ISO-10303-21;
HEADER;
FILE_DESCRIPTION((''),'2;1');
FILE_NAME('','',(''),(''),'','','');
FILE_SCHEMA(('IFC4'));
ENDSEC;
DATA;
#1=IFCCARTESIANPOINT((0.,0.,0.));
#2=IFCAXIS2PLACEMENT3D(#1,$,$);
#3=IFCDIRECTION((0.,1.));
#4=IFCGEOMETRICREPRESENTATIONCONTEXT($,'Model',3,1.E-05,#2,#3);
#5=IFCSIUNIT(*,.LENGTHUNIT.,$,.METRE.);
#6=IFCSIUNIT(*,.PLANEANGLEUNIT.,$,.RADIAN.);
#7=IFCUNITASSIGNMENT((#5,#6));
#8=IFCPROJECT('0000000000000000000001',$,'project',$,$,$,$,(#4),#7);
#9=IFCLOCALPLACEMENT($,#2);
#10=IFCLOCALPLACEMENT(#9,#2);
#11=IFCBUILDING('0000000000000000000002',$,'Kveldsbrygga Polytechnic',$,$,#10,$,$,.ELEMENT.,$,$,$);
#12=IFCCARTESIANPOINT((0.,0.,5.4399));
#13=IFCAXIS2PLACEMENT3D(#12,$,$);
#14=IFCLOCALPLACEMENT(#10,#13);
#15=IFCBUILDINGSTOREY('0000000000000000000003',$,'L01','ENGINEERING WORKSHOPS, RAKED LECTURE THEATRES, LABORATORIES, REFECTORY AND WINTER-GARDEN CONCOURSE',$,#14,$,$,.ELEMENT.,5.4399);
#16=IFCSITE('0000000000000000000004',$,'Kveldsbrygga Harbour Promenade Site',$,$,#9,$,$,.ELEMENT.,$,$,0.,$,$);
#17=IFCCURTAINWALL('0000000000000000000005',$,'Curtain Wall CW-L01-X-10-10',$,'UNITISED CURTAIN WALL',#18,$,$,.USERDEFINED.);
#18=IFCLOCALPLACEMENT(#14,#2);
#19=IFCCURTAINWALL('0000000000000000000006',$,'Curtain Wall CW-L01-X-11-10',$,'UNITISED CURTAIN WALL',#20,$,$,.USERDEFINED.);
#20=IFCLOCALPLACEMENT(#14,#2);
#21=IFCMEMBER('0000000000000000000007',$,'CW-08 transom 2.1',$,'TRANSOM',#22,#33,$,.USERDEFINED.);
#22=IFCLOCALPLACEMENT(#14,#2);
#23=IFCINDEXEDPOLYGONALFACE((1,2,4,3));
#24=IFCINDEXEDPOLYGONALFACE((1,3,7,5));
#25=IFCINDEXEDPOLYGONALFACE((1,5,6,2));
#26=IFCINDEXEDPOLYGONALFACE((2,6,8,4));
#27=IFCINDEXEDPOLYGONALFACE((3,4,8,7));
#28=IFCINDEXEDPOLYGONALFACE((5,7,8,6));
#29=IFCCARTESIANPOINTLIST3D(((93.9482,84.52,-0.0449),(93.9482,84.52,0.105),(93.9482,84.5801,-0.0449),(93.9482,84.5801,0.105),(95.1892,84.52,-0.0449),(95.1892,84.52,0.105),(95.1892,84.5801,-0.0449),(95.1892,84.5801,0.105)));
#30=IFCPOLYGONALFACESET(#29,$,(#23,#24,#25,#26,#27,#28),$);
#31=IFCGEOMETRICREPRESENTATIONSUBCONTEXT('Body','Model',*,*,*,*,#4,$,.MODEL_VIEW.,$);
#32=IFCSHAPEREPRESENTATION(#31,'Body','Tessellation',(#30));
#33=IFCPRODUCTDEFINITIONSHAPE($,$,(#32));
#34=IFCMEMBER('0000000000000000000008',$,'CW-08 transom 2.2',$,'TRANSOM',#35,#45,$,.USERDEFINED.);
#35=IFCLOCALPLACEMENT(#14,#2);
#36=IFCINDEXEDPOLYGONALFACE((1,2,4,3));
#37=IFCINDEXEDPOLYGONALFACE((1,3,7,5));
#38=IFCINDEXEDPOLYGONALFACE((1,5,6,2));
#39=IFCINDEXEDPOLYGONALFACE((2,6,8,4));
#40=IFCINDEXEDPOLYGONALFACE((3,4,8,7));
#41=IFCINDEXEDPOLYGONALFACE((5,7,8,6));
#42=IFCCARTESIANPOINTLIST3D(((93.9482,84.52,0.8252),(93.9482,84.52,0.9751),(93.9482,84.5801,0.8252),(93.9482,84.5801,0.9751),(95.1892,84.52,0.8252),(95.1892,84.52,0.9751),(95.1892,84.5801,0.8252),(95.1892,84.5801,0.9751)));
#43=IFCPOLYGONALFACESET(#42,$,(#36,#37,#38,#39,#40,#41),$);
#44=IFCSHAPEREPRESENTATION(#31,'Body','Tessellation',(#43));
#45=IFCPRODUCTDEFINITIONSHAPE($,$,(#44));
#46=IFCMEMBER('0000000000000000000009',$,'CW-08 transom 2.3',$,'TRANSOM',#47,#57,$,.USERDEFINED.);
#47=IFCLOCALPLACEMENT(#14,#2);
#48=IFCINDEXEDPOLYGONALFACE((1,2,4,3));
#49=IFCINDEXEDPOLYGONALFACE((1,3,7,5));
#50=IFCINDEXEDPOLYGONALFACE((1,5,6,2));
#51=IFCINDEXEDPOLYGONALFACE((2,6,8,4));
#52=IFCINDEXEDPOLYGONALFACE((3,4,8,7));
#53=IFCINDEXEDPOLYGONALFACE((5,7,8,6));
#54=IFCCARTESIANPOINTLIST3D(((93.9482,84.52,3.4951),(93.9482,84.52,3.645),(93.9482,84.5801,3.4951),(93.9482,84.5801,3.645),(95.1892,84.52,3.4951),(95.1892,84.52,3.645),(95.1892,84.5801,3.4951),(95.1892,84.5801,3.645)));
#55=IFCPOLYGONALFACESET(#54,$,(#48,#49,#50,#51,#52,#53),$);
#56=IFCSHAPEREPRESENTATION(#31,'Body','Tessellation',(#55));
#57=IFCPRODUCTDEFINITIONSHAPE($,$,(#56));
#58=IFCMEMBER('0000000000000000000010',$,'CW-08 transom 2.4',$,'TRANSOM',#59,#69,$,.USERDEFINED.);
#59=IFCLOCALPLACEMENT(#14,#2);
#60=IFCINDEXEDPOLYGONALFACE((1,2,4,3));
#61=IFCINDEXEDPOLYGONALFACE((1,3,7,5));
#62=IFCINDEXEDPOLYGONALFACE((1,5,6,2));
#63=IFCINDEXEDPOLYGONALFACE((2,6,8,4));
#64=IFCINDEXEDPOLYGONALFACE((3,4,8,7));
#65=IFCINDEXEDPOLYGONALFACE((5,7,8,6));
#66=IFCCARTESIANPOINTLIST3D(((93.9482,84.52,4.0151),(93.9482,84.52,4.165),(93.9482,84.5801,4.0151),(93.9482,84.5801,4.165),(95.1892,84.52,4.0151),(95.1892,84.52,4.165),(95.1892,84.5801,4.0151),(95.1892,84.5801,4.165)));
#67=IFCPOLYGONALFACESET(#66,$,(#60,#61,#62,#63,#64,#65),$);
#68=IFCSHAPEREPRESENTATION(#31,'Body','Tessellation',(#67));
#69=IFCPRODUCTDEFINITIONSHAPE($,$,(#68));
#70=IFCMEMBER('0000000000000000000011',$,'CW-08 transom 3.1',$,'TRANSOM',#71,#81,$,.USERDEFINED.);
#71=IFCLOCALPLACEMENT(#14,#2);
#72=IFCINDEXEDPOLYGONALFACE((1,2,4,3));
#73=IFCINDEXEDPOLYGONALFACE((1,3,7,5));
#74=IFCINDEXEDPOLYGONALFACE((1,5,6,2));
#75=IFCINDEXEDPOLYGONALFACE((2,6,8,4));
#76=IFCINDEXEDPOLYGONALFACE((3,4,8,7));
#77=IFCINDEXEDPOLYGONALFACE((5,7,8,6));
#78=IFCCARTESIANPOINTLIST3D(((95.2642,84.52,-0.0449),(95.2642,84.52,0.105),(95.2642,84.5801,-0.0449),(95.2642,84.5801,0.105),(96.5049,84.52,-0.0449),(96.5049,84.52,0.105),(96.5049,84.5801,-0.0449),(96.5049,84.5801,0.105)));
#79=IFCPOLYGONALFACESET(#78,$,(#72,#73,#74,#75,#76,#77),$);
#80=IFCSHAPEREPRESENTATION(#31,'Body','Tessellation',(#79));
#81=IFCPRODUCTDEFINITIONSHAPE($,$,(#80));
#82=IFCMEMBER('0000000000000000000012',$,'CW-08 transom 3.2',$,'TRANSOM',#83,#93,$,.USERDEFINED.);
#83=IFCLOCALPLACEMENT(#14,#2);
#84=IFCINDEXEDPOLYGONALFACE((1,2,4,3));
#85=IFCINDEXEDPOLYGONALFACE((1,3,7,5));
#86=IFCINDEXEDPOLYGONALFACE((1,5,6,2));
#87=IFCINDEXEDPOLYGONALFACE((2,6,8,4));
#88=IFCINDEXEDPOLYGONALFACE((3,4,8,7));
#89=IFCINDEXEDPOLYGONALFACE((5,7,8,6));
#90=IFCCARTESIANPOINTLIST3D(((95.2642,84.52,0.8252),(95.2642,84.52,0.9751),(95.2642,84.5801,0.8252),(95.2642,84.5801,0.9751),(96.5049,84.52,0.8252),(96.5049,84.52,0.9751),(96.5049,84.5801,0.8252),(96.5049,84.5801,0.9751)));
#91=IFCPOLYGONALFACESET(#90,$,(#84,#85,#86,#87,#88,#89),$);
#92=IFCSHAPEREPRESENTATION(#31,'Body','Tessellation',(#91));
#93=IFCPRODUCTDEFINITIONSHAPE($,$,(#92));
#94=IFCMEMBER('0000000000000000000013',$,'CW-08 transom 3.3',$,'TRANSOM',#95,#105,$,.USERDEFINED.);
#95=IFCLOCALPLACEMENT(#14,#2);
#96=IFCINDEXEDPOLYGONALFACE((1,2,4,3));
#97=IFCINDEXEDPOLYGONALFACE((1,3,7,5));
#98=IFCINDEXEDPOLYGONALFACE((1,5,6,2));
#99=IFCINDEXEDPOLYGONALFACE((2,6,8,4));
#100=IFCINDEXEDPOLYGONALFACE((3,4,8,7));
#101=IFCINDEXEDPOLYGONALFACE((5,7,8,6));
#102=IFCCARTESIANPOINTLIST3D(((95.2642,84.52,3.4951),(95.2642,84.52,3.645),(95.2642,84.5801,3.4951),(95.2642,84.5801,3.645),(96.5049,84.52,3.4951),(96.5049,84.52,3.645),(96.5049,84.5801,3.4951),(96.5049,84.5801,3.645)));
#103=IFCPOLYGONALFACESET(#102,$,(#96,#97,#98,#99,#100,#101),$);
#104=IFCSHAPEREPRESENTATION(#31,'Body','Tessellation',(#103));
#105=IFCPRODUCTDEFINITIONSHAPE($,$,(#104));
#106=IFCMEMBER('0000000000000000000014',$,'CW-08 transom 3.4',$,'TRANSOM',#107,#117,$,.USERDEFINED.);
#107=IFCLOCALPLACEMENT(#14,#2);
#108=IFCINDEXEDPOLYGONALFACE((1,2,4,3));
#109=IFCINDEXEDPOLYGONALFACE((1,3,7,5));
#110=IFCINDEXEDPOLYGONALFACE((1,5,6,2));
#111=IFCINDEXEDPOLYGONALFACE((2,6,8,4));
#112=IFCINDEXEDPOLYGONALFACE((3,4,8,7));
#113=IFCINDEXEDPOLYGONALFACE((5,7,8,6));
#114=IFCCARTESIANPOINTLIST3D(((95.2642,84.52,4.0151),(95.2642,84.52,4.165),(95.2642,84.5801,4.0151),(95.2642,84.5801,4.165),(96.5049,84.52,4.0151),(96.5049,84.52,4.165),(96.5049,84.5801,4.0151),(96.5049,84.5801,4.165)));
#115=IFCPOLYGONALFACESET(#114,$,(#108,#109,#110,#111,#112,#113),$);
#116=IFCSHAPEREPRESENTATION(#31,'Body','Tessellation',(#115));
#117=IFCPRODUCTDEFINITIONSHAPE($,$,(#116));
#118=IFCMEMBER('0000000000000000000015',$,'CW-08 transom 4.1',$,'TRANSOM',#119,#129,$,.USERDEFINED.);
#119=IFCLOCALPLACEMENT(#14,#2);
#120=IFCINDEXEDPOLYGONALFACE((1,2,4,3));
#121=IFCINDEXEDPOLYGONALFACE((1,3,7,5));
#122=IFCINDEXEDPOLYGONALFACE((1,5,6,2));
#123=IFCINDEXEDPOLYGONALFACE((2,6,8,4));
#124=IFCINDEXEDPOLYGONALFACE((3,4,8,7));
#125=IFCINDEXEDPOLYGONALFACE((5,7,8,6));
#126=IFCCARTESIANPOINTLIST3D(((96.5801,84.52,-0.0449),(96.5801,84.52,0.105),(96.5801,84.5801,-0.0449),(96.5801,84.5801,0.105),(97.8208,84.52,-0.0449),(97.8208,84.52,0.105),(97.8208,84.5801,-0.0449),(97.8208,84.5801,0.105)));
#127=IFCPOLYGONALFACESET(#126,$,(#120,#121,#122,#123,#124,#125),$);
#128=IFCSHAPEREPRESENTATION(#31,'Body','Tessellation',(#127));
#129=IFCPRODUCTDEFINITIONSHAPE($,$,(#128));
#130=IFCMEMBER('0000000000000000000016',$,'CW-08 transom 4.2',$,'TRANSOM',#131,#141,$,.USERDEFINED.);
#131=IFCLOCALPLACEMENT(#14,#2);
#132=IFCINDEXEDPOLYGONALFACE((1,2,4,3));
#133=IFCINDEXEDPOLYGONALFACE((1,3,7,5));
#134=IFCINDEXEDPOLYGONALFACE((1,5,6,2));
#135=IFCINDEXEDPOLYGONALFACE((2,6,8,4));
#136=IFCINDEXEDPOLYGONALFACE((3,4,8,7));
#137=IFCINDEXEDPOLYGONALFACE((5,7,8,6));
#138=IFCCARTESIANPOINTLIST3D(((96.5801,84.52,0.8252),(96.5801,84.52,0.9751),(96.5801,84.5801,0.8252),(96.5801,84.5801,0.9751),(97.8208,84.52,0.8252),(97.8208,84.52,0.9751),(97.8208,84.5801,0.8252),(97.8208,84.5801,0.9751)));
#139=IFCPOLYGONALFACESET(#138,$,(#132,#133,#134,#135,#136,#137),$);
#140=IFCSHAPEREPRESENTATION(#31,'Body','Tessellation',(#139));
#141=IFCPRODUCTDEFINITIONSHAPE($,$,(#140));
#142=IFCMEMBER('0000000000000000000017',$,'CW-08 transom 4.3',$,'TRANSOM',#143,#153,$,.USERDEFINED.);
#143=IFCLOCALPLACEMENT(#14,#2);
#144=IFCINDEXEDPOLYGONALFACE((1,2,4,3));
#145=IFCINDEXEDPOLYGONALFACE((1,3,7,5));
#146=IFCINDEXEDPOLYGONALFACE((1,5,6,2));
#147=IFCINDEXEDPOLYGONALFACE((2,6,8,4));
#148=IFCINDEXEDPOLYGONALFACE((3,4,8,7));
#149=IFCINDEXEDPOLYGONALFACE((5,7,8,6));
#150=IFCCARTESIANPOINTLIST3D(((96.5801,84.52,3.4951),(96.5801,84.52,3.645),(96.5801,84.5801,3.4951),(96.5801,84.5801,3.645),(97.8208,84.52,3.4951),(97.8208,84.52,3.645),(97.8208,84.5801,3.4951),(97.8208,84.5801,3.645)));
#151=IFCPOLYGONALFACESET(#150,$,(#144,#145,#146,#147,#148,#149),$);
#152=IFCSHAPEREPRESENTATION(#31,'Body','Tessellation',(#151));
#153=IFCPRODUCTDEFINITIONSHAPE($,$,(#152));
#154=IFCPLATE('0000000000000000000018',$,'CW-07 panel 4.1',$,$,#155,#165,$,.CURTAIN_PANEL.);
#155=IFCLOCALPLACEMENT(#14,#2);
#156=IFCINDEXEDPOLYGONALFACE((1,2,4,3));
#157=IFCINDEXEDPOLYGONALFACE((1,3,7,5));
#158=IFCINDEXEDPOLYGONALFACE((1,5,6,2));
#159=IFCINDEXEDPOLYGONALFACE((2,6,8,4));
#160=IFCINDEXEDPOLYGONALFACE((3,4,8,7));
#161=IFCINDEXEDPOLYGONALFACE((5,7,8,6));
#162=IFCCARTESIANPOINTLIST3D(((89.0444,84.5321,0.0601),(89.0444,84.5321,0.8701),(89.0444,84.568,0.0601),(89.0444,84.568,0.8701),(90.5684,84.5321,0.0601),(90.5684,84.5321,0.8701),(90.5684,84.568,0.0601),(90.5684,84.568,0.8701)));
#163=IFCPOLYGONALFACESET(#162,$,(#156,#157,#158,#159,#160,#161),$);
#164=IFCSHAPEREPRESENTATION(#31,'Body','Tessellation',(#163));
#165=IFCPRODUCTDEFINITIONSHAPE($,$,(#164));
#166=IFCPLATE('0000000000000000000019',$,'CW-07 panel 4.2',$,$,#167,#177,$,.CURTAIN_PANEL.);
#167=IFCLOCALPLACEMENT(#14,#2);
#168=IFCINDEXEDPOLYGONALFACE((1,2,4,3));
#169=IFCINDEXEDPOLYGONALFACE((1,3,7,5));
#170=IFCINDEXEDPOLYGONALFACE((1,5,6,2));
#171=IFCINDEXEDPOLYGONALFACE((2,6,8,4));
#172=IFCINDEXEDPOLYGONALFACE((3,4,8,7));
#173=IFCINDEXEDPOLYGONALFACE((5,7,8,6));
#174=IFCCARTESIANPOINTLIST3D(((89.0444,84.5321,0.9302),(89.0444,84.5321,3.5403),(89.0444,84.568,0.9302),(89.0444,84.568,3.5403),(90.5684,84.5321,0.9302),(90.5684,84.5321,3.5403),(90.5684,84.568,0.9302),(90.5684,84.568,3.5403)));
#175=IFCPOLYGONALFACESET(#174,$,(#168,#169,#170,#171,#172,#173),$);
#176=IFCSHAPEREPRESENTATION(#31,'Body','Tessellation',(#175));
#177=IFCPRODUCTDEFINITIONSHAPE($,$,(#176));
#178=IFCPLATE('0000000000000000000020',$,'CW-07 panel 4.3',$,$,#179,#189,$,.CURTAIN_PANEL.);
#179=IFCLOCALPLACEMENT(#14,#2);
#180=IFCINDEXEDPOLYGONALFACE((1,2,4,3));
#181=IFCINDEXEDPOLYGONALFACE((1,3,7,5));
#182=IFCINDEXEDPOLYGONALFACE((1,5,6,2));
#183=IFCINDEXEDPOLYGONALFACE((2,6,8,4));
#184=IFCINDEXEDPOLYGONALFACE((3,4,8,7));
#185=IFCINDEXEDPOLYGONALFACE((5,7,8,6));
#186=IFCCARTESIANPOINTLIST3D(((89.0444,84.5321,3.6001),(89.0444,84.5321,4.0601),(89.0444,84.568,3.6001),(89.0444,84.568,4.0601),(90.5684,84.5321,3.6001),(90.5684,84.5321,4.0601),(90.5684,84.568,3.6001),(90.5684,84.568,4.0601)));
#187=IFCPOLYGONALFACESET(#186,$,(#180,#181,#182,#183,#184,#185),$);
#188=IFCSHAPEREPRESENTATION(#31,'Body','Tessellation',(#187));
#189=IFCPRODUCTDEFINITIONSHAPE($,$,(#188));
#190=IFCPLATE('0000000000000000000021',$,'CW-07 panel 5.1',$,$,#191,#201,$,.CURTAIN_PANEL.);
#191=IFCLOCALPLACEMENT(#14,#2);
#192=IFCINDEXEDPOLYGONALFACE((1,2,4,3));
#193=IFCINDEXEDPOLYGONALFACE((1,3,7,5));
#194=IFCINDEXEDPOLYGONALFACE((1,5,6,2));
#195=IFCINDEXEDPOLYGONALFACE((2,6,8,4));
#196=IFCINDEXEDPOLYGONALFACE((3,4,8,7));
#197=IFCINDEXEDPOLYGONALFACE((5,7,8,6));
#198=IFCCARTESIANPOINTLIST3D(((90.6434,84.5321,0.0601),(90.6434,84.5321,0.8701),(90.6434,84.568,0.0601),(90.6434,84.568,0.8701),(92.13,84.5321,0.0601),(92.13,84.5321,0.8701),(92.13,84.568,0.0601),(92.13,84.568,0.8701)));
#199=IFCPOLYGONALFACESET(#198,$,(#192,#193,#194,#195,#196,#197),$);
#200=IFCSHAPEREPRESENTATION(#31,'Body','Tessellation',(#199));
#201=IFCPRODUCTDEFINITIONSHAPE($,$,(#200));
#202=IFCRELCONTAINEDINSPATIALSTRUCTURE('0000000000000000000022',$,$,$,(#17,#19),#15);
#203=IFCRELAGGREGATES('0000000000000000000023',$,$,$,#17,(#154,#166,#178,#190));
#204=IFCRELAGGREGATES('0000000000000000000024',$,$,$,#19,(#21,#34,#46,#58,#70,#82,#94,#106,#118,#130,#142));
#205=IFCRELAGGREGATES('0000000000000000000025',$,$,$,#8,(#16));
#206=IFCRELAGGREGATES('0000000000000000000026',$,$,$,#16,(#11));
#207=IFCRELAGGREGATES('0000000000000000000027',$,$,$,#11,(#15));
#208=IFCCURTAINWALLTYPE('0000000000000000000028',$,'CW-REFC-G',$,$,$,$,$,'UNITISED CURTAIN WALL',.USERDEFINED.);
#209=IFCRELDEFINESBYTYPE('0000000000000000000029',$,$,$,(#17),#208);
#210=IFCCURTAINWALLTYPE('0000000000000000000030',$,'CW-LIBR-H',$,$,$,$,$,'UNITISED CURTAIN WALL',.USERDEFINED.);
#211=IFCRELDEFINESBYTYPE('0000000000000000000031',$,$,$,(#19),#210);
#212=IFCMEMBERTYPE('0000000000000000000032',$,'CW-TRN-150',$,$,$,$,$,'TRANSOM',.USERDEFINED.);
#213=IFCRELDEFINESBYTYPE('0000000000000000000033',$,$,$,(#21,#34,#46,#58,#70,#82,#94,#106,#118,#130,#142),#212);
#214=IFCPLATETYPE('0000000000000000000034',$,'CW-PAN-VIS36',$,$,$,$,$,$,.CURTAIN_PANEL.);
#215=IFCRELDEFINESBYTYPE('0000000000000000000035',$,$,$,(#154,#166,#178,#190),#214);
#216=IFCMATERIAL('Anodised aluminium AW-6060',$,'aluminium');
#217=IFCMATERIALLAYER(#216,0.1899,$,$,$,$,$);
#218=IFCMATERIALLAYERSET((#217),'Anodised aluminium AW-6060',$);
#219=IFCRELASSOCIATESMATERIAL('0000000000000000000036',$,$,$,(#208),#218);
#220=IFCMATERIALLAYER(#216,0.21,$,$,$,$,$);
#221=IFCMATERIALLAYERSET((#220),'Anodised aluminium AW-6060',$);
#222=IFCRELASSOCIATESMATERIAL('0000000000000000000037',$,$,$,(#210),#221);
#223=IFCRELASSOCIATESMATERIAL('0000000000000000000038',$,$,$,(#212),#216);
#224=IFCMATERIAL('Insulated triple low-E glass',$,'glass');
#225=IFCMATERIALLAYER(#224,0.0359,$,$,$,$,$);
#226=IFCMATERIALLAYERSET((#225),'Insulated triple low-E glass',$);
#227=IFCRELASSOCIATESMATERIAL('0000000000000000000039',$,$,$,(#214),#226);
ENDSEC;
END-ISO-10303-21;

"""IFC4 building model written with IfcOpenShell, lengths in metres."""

from ifc_helpers import new_model, si_unit, direction, frame, origin, origin_2d, place, context, subcontext, project, spatial, rectangle, extrude, material, layer, layer_set, material_profile, profile_set, type_object, element, aggregate, save


model = new_model("IFC4")

# Units and contexts
model_context = context("Model", 3, precision=1e-05, world=origin(), true_north=direction((0.0, 1.0)))
body_context = subcontext(model_context, "Body", "Model", "MODEL_VIEW")
ifc_project = project(units=[si_unit("LENGTHUNIT", "METRE"), si_unit("PLANEANGLEUNIT", "RADIAN")], contexts=[model_context])

# Site, building, storey
site_placement = place(None, origin())
site = spatial("IfcSite", under=ifc_project, at=site_placement, Name="Kveldsbrygga Harbour Promenade Site", CompositionType="ELEMENT", RefElevation=0.0)
building_placement = place(site_placement, origin())
building = spatial("IfcBuilding", under=site, at=building_placement, Name="Kveldsbrygga Polytechnic", CompositionType="ELEMENT")
storey_placement = place(building_placement, frame((0.0, 0.0, 5.4399)))
storey = spatial("IfcBuildingStorey", under=building, at=storey_placement, Name="L01", Description="ENGINEERING WORKSHOPS, RAKED LECTURE THEATRES, LABORATORIES, REFECTORY AND WINTER-GARDEN CONCOURSE", CompositionType="ELEMENT", Elevation=5.4399)

# Curtain walls
ifc_material_1 = material(Name="Anodised aluminium AW-6060", Category="aluminium")
ifc_layer_1 = layer(ifc_material_1, 0.1899)
ifc_layer_set_1 = layer_set([ifc_layer_1], Name="Anodised aluminium AW-6060")
curtain_wall_type_1 = type_object("IfcCurtainWallType", Name="CW-REFC-G", ElementType="UNITISED CURTAIN WALL", PredefinedType="USERDEFINED", material=ifc_layer_set_1)
curtain_wall_1_placement = place(storey_placement, origin())
curtain_wall_1 = element("IfcCurtainWall", 1, at=curtain_wall_1_placement, inside=storey, type_object=curtain_wall_type_1, Name="Curtain Wall CW-L01-X-10-10", ObjectType="UNITISED CURTAIN WALL", PredefinedType="USERDEFINED")
ifc_layer_2 = layer(ifc_material_1, 0.21)
ifc_layer_set_2 = layer_set([ifc_layer_2], Name="Anodised aluminium AW-6060")
curtain_wall_type_2 = type_object("IfcCurtainWallType", Name="CW-LIBR-H", ElementType="UNITISED CURTAIN WALL", PredefinedType="USERDEFINED", material=ifc_layer_set_2)
curtain_wall_2_placement = place(storey_placement, origin())
curtain_wall_2 = element("IfcCurtainWall", 2, at=curtain_wall_2_placement, inside=storey, type_object=curtain_wall_type_2, Name="Curtain Wall CW-L01-X-11-10", ObjectType="UNITISED CURTAIN WALL", PredefinedType="USERDEFINED")

# Members
ifc_material_profile_1 = material_profile(ifc_material_1, rectangle(XDim=0.0601, YDim=0.1499, at=origin_2d()), Name="ALU 60x150")
ifc_profile_set_1 = profile_set([ifc_material_profile_1], Name="Anodised aluminium AW-6060")
member_type_1 = type_object("IfcMemberType", Name="CW-TRN-150", ElementType="TRANSOM", PredefinedType="USERDEFINED", material=ifc_profile_set_1)
member_1_placement = place(storey_placement, frame((93.9482, 84.55, 0.03), z_axis=(1.0, 0.0, 0.0), x_axis=(0.0, 1.0, 0.0)))
member_1 = element("IfcMember", 3, at=member_1_placement, type_object=member_type_1, Name="CW-08 transom 2.1", ObjectType="TRANSOM", PredefinedType="USERDEFINED", context=body_context, shape_type="SweptSolid", body=[
    extrude(rectangle(XDim=0.0601, YDim=0.1499, at=origin_2d()), origin(), (0.0, 0.0, 1.0), 1.241),
])
member_2_placement = place(storey_placement, frame((93.9482, 84.55, 0.9001), z_axis=(1.0, 0.0, 0.0), x_axis=(0.0, 1.0, 0.0)))
member_2 = element("IfcMember", 4, at=member_2_placement, type_object=member_type_1, Name="CW-08 transom 2.2", ObjectType="TRANSOM", PredefinedType="USERDEFINED", context=body_context, shape_type="SweptSolid", body=[
    extrude(rectangle(XDim=0.0601, YDim=0.1499, at=origin_2d()), origin(), (0.0, 0.0, 1.0), 1.241),
])
member_3_placement = place(storey_placement, frame((93.9482, 84.55, 3.5701), z_axis=(1.0, 0.0, 0.0), x_axis=(0.0, 1.0, 0.0)))
member_3 = element("IfcMember", 5, at=member_3_placement, type_object=member_type_1, Name="CW-08 transom 2.3", ObjectType="TRANSOM", PredefinedType="USERDEFINED", context=body_context, shape_type="SweptSolid", body=[
    extrude(rectangle(XDim=0.0601, YDim=0.1499, at=origin_2d()), origin(), (0.0, 0.0, 1.0), 1.241),
])
member_4_placement = place(storey_placement, frame((93.9482, 84.55, 4.0901), z_axis=(1.0, 0.0, 0.0), x_axis=(0.0, 1.0, 0.0)))
member_4 = element("IfcMember", 6, at=member_4_placement, type_object=member_type_1, Name="CW-08 transom 2.4", ObjectType="TRANSOM", PredefinedType="USERDEFINED", context=body_context, shape_type="SweptSolid", body=[
    extrude(rectangle(XDim=0.0601, YDim=0.1499, at=origin_2d()), origin(), (0.0, 0.0, 1.0), 1.241),
])
member_5_placement = place(storey_placement, frame((95.2642, 84.55, 0.03), z_axis=(1.0, 0.0, 0.0), x_axis=(0.0, 1.0, 0.0)))
member_5 = element("IfcMember", 7, at=member_5_placement, type_object=member_type_1, Name="CW-08 transom 3.1", ObjectType="TRANSOM", PredefinedType="USERDEFINED", context=body_context, shape_type="SweptSolid", body=[
    extrude(rectangle(XDim=0.0601, YDim=0.1499, at=origin_2d()), origin(), (0.0, 0.0, 1.0), 1.2407),
])
member_6_placement = place(storey_placement, frame((95.2642, 84.55, 0.9001), z_axis=(1.0, 0.0, 0.0), x_axis=(0.0, 1.0, 0.0)))
member_6 = element("IfcMember", 8, at=member_6_placement, type_object=member_type_1, Name="CW-08 transom 3.2", ObjectType="TRANSOM", PredefinedType="USERDEFINED", context=body_context, shape_type="SweptSolid", body=[
    extrude(rectangle(XDim=0.0601, YDim=0.1499, at=origin_2d()), origin(), (0.0, 0.0, 1.0), 1.2407),
])
member_7_placement = place(storey_placement, frame((95.2642, 84.55, 3.5701), z_axis=(1.0, 0.0, 0.0), x_axis=(0.0, 1.0, 0.0)))
member_7 = element("IfcMember", 9, at=member_7_placement, type_object=member_type_1, Name="CW-08 transom 3.3", ObjectType="TRANSOM", PredefinedType="USERDEFINED", context=body_context, shape_type="SweptSolid", body=[
    extrude(rectangle(XDim=0.0601, YDim=0.1499, at=origin_2d()), origin(), (0.0, 0.0, 1.0), 1.2407),
])
member_8_placement = place(storey_placement, frame((95.2642, 84.55, 4.0901), z_axis=(1.0, 0.0, 0.0), x_axis=(0.0, 1.0, 0.0)))
member_8 = element("IfcMember", 10, at=member_8_placement, type_object=member_type_1, Name="CW-08 transom 3.4", ObjectType="TRANSOM", PredefinedType="USERDEFINED", context=body_context, shape_type="SweptSolid", body=[
    extrude(rectangle(XDim=0.0601, YDim=0.1499, at=origin_2d()), origin(), (0.0, 0.0, 1.0), 1.2407),
])
member_9_placement = place(storey_placement, frame((96.5801, 84.55, 0.03), z_axis=(1.0, 0.0, 0.0), x_axis=(0.0, 1.0, 0.0)))
member_9 = element("IfcMember", 11, at=member_9_placement, type_object=member_type_1, Name="CW-08 transom 4.1", ObjectType="TRANSOM", PredefinedType="USERDEFINED", context=body_context, shape_type="SweptSolid", body=[
    extrude(rectangle(XDim=0.0601, YDim=0.1499, at=origin_2d()), origin(), (0.0, 0.0, 1.0), 1.2407),
])
member_10_placement = place(storey_placement, frame((96.5801, 84.55, 0.9001), z_axis=(1.0, 0.0, 0.0), x_axis=(0.0, 1.0, 0.0)))
member_10 = element("IfcMember", 12, at=member_10_placement, type_object=member_type_1, Name="CW-08 transom 4.2", ObjectType="TRANSOM", PredefinedType="USERDEFINED", context=body_context, shape_type="SweptSolid", body=[
    extrude(rectangle(XDim=0.0601, YDim=0.1499, at=origin_2d()), origin(), (0.0, 0.0, 1.0), 1.2407),
])
member_11_placement = place(storey_placement, frame((96.5801, 84.55, 3.5701), z_axis=(1.0, 0.0, 0.0), x_axis=(0.0, 1.0, 0.0)))
member_11 = element("IfcMember", 13, at=member_11_placement, type_object=member_type_1, Name="CW-08 transom 4.3", ObjectType="TRANSOM", PredefinedType="USERDEFINED", context=body_context, shape_type="SweptSolid", body=[
    extrude(rectangle(XDim=0.0601, YDim=0.1499, at=origin_2d()), origin(), (0.0, 0.0, 1.0), 1.2407),
])

# Plates
ifc_material_2 = material(Name="Insulated triple low-E glass", Category="glass")
ifc_layer_3 = layer(ifc_material_2, 0.0359)
ifc_layer_set_3 = layer_set([ifc_layer_3], Name="Insulated triple low-E glass")
plate_type_1 = type_object("IfcPlateType", Name="CW-PAN-VIS36", PredefinedType="CURTAIN_PANEL", material=ifc_layer_set_3)
plate_1_placement = place(storey_placement, frame((89.8064, 84.55, 0.0601), z_axis=(0.0, 0.0, 1.0), x_axis=(1.0, 0.0, 0.0)))
plate_1 = element("IfcPlate", 14, at=plate_1_placement, type_object=plate_type_1, Name="CW-07 panel 4.1", PredefinedType="CURTAIN_PANEL", context=body_context, shape_type="SweptSolid", body=[
    extrude(rectangle(XDim=1.5239, YDim=0.0359, at=origin_2d()), origin(), (0.0, 0.0, 1.0), 0.8101),
])
plate_2_placement = place(storey_placement, frame((89.8064, 84.55, 0.9302), z_axis=(0.0, 0.0, 1.0), x_axis=(1.0, 0.0, 0.0)))
plate_2 = element("IfcPlate", 15, at=plate_2_placement, type_object=plate_type_1, Name="CW-07 panel 4.2", PredefinedType="CURTAIN_PANEL", context=body_context, shape_type="SweptSolid", body=[
    extrude(rectangle(XDim=1.5239, YDim=0.0359, at=origin_2d()), origin(), (0.0, 0.0, 1.0), 2.6101),
])
plate_3_placement = place(storey_placement, frame((89.8064, 84.55, 3.6001), z_axis=(0.0, 0.0, 1.0), x_axis=(1.0, 0.0, 0.0)))
plate_3 = element("IfcPlate", 16, at=plate_3_placement, type_object=plate_type_1, Name="CW-07 panel 4.3", PredefinedType="CURTAIN_PANEL", context=body_context, shape_type="SweptSolid", body=[
    extrude(rectangle(XDim=1.5239, YDim=0.0359, at=origin_2d()), origin(), (0.0, 0.0, 1.0), 0.46),
])
plate_4_placement = place(storey_placement, frame((91.3867, 84.55, 0.0601), z_axis=(0.0, 0.0, 1.0), x_axis=(1.0, 0.0, 0.0)))
plate_4 = element("IfcPlate", 17, at=plate_4_placement, type_object=plate_type_1, Name="CW-07 panel 5.1", PredefinedType="CURTAIN_PANEL", context=body_context, shape_type="SweptSolid", body=[
    extrude(rectangle(XDim=1.4866, YDim=0.0359, at=origin_2d()), origin(), (0.0, 0.0, 1.0), 0.8101),
])
aggregate(curtain_wall_1, [plate_1, plate_2, plate_3, plate_4])
aggregate(curtain_wall_2, [member_1, member_2, member_3, member_4, member_5, member_6, member_7, member_8, member_9, member_10, member_11])

save(model, "model.ifc")
